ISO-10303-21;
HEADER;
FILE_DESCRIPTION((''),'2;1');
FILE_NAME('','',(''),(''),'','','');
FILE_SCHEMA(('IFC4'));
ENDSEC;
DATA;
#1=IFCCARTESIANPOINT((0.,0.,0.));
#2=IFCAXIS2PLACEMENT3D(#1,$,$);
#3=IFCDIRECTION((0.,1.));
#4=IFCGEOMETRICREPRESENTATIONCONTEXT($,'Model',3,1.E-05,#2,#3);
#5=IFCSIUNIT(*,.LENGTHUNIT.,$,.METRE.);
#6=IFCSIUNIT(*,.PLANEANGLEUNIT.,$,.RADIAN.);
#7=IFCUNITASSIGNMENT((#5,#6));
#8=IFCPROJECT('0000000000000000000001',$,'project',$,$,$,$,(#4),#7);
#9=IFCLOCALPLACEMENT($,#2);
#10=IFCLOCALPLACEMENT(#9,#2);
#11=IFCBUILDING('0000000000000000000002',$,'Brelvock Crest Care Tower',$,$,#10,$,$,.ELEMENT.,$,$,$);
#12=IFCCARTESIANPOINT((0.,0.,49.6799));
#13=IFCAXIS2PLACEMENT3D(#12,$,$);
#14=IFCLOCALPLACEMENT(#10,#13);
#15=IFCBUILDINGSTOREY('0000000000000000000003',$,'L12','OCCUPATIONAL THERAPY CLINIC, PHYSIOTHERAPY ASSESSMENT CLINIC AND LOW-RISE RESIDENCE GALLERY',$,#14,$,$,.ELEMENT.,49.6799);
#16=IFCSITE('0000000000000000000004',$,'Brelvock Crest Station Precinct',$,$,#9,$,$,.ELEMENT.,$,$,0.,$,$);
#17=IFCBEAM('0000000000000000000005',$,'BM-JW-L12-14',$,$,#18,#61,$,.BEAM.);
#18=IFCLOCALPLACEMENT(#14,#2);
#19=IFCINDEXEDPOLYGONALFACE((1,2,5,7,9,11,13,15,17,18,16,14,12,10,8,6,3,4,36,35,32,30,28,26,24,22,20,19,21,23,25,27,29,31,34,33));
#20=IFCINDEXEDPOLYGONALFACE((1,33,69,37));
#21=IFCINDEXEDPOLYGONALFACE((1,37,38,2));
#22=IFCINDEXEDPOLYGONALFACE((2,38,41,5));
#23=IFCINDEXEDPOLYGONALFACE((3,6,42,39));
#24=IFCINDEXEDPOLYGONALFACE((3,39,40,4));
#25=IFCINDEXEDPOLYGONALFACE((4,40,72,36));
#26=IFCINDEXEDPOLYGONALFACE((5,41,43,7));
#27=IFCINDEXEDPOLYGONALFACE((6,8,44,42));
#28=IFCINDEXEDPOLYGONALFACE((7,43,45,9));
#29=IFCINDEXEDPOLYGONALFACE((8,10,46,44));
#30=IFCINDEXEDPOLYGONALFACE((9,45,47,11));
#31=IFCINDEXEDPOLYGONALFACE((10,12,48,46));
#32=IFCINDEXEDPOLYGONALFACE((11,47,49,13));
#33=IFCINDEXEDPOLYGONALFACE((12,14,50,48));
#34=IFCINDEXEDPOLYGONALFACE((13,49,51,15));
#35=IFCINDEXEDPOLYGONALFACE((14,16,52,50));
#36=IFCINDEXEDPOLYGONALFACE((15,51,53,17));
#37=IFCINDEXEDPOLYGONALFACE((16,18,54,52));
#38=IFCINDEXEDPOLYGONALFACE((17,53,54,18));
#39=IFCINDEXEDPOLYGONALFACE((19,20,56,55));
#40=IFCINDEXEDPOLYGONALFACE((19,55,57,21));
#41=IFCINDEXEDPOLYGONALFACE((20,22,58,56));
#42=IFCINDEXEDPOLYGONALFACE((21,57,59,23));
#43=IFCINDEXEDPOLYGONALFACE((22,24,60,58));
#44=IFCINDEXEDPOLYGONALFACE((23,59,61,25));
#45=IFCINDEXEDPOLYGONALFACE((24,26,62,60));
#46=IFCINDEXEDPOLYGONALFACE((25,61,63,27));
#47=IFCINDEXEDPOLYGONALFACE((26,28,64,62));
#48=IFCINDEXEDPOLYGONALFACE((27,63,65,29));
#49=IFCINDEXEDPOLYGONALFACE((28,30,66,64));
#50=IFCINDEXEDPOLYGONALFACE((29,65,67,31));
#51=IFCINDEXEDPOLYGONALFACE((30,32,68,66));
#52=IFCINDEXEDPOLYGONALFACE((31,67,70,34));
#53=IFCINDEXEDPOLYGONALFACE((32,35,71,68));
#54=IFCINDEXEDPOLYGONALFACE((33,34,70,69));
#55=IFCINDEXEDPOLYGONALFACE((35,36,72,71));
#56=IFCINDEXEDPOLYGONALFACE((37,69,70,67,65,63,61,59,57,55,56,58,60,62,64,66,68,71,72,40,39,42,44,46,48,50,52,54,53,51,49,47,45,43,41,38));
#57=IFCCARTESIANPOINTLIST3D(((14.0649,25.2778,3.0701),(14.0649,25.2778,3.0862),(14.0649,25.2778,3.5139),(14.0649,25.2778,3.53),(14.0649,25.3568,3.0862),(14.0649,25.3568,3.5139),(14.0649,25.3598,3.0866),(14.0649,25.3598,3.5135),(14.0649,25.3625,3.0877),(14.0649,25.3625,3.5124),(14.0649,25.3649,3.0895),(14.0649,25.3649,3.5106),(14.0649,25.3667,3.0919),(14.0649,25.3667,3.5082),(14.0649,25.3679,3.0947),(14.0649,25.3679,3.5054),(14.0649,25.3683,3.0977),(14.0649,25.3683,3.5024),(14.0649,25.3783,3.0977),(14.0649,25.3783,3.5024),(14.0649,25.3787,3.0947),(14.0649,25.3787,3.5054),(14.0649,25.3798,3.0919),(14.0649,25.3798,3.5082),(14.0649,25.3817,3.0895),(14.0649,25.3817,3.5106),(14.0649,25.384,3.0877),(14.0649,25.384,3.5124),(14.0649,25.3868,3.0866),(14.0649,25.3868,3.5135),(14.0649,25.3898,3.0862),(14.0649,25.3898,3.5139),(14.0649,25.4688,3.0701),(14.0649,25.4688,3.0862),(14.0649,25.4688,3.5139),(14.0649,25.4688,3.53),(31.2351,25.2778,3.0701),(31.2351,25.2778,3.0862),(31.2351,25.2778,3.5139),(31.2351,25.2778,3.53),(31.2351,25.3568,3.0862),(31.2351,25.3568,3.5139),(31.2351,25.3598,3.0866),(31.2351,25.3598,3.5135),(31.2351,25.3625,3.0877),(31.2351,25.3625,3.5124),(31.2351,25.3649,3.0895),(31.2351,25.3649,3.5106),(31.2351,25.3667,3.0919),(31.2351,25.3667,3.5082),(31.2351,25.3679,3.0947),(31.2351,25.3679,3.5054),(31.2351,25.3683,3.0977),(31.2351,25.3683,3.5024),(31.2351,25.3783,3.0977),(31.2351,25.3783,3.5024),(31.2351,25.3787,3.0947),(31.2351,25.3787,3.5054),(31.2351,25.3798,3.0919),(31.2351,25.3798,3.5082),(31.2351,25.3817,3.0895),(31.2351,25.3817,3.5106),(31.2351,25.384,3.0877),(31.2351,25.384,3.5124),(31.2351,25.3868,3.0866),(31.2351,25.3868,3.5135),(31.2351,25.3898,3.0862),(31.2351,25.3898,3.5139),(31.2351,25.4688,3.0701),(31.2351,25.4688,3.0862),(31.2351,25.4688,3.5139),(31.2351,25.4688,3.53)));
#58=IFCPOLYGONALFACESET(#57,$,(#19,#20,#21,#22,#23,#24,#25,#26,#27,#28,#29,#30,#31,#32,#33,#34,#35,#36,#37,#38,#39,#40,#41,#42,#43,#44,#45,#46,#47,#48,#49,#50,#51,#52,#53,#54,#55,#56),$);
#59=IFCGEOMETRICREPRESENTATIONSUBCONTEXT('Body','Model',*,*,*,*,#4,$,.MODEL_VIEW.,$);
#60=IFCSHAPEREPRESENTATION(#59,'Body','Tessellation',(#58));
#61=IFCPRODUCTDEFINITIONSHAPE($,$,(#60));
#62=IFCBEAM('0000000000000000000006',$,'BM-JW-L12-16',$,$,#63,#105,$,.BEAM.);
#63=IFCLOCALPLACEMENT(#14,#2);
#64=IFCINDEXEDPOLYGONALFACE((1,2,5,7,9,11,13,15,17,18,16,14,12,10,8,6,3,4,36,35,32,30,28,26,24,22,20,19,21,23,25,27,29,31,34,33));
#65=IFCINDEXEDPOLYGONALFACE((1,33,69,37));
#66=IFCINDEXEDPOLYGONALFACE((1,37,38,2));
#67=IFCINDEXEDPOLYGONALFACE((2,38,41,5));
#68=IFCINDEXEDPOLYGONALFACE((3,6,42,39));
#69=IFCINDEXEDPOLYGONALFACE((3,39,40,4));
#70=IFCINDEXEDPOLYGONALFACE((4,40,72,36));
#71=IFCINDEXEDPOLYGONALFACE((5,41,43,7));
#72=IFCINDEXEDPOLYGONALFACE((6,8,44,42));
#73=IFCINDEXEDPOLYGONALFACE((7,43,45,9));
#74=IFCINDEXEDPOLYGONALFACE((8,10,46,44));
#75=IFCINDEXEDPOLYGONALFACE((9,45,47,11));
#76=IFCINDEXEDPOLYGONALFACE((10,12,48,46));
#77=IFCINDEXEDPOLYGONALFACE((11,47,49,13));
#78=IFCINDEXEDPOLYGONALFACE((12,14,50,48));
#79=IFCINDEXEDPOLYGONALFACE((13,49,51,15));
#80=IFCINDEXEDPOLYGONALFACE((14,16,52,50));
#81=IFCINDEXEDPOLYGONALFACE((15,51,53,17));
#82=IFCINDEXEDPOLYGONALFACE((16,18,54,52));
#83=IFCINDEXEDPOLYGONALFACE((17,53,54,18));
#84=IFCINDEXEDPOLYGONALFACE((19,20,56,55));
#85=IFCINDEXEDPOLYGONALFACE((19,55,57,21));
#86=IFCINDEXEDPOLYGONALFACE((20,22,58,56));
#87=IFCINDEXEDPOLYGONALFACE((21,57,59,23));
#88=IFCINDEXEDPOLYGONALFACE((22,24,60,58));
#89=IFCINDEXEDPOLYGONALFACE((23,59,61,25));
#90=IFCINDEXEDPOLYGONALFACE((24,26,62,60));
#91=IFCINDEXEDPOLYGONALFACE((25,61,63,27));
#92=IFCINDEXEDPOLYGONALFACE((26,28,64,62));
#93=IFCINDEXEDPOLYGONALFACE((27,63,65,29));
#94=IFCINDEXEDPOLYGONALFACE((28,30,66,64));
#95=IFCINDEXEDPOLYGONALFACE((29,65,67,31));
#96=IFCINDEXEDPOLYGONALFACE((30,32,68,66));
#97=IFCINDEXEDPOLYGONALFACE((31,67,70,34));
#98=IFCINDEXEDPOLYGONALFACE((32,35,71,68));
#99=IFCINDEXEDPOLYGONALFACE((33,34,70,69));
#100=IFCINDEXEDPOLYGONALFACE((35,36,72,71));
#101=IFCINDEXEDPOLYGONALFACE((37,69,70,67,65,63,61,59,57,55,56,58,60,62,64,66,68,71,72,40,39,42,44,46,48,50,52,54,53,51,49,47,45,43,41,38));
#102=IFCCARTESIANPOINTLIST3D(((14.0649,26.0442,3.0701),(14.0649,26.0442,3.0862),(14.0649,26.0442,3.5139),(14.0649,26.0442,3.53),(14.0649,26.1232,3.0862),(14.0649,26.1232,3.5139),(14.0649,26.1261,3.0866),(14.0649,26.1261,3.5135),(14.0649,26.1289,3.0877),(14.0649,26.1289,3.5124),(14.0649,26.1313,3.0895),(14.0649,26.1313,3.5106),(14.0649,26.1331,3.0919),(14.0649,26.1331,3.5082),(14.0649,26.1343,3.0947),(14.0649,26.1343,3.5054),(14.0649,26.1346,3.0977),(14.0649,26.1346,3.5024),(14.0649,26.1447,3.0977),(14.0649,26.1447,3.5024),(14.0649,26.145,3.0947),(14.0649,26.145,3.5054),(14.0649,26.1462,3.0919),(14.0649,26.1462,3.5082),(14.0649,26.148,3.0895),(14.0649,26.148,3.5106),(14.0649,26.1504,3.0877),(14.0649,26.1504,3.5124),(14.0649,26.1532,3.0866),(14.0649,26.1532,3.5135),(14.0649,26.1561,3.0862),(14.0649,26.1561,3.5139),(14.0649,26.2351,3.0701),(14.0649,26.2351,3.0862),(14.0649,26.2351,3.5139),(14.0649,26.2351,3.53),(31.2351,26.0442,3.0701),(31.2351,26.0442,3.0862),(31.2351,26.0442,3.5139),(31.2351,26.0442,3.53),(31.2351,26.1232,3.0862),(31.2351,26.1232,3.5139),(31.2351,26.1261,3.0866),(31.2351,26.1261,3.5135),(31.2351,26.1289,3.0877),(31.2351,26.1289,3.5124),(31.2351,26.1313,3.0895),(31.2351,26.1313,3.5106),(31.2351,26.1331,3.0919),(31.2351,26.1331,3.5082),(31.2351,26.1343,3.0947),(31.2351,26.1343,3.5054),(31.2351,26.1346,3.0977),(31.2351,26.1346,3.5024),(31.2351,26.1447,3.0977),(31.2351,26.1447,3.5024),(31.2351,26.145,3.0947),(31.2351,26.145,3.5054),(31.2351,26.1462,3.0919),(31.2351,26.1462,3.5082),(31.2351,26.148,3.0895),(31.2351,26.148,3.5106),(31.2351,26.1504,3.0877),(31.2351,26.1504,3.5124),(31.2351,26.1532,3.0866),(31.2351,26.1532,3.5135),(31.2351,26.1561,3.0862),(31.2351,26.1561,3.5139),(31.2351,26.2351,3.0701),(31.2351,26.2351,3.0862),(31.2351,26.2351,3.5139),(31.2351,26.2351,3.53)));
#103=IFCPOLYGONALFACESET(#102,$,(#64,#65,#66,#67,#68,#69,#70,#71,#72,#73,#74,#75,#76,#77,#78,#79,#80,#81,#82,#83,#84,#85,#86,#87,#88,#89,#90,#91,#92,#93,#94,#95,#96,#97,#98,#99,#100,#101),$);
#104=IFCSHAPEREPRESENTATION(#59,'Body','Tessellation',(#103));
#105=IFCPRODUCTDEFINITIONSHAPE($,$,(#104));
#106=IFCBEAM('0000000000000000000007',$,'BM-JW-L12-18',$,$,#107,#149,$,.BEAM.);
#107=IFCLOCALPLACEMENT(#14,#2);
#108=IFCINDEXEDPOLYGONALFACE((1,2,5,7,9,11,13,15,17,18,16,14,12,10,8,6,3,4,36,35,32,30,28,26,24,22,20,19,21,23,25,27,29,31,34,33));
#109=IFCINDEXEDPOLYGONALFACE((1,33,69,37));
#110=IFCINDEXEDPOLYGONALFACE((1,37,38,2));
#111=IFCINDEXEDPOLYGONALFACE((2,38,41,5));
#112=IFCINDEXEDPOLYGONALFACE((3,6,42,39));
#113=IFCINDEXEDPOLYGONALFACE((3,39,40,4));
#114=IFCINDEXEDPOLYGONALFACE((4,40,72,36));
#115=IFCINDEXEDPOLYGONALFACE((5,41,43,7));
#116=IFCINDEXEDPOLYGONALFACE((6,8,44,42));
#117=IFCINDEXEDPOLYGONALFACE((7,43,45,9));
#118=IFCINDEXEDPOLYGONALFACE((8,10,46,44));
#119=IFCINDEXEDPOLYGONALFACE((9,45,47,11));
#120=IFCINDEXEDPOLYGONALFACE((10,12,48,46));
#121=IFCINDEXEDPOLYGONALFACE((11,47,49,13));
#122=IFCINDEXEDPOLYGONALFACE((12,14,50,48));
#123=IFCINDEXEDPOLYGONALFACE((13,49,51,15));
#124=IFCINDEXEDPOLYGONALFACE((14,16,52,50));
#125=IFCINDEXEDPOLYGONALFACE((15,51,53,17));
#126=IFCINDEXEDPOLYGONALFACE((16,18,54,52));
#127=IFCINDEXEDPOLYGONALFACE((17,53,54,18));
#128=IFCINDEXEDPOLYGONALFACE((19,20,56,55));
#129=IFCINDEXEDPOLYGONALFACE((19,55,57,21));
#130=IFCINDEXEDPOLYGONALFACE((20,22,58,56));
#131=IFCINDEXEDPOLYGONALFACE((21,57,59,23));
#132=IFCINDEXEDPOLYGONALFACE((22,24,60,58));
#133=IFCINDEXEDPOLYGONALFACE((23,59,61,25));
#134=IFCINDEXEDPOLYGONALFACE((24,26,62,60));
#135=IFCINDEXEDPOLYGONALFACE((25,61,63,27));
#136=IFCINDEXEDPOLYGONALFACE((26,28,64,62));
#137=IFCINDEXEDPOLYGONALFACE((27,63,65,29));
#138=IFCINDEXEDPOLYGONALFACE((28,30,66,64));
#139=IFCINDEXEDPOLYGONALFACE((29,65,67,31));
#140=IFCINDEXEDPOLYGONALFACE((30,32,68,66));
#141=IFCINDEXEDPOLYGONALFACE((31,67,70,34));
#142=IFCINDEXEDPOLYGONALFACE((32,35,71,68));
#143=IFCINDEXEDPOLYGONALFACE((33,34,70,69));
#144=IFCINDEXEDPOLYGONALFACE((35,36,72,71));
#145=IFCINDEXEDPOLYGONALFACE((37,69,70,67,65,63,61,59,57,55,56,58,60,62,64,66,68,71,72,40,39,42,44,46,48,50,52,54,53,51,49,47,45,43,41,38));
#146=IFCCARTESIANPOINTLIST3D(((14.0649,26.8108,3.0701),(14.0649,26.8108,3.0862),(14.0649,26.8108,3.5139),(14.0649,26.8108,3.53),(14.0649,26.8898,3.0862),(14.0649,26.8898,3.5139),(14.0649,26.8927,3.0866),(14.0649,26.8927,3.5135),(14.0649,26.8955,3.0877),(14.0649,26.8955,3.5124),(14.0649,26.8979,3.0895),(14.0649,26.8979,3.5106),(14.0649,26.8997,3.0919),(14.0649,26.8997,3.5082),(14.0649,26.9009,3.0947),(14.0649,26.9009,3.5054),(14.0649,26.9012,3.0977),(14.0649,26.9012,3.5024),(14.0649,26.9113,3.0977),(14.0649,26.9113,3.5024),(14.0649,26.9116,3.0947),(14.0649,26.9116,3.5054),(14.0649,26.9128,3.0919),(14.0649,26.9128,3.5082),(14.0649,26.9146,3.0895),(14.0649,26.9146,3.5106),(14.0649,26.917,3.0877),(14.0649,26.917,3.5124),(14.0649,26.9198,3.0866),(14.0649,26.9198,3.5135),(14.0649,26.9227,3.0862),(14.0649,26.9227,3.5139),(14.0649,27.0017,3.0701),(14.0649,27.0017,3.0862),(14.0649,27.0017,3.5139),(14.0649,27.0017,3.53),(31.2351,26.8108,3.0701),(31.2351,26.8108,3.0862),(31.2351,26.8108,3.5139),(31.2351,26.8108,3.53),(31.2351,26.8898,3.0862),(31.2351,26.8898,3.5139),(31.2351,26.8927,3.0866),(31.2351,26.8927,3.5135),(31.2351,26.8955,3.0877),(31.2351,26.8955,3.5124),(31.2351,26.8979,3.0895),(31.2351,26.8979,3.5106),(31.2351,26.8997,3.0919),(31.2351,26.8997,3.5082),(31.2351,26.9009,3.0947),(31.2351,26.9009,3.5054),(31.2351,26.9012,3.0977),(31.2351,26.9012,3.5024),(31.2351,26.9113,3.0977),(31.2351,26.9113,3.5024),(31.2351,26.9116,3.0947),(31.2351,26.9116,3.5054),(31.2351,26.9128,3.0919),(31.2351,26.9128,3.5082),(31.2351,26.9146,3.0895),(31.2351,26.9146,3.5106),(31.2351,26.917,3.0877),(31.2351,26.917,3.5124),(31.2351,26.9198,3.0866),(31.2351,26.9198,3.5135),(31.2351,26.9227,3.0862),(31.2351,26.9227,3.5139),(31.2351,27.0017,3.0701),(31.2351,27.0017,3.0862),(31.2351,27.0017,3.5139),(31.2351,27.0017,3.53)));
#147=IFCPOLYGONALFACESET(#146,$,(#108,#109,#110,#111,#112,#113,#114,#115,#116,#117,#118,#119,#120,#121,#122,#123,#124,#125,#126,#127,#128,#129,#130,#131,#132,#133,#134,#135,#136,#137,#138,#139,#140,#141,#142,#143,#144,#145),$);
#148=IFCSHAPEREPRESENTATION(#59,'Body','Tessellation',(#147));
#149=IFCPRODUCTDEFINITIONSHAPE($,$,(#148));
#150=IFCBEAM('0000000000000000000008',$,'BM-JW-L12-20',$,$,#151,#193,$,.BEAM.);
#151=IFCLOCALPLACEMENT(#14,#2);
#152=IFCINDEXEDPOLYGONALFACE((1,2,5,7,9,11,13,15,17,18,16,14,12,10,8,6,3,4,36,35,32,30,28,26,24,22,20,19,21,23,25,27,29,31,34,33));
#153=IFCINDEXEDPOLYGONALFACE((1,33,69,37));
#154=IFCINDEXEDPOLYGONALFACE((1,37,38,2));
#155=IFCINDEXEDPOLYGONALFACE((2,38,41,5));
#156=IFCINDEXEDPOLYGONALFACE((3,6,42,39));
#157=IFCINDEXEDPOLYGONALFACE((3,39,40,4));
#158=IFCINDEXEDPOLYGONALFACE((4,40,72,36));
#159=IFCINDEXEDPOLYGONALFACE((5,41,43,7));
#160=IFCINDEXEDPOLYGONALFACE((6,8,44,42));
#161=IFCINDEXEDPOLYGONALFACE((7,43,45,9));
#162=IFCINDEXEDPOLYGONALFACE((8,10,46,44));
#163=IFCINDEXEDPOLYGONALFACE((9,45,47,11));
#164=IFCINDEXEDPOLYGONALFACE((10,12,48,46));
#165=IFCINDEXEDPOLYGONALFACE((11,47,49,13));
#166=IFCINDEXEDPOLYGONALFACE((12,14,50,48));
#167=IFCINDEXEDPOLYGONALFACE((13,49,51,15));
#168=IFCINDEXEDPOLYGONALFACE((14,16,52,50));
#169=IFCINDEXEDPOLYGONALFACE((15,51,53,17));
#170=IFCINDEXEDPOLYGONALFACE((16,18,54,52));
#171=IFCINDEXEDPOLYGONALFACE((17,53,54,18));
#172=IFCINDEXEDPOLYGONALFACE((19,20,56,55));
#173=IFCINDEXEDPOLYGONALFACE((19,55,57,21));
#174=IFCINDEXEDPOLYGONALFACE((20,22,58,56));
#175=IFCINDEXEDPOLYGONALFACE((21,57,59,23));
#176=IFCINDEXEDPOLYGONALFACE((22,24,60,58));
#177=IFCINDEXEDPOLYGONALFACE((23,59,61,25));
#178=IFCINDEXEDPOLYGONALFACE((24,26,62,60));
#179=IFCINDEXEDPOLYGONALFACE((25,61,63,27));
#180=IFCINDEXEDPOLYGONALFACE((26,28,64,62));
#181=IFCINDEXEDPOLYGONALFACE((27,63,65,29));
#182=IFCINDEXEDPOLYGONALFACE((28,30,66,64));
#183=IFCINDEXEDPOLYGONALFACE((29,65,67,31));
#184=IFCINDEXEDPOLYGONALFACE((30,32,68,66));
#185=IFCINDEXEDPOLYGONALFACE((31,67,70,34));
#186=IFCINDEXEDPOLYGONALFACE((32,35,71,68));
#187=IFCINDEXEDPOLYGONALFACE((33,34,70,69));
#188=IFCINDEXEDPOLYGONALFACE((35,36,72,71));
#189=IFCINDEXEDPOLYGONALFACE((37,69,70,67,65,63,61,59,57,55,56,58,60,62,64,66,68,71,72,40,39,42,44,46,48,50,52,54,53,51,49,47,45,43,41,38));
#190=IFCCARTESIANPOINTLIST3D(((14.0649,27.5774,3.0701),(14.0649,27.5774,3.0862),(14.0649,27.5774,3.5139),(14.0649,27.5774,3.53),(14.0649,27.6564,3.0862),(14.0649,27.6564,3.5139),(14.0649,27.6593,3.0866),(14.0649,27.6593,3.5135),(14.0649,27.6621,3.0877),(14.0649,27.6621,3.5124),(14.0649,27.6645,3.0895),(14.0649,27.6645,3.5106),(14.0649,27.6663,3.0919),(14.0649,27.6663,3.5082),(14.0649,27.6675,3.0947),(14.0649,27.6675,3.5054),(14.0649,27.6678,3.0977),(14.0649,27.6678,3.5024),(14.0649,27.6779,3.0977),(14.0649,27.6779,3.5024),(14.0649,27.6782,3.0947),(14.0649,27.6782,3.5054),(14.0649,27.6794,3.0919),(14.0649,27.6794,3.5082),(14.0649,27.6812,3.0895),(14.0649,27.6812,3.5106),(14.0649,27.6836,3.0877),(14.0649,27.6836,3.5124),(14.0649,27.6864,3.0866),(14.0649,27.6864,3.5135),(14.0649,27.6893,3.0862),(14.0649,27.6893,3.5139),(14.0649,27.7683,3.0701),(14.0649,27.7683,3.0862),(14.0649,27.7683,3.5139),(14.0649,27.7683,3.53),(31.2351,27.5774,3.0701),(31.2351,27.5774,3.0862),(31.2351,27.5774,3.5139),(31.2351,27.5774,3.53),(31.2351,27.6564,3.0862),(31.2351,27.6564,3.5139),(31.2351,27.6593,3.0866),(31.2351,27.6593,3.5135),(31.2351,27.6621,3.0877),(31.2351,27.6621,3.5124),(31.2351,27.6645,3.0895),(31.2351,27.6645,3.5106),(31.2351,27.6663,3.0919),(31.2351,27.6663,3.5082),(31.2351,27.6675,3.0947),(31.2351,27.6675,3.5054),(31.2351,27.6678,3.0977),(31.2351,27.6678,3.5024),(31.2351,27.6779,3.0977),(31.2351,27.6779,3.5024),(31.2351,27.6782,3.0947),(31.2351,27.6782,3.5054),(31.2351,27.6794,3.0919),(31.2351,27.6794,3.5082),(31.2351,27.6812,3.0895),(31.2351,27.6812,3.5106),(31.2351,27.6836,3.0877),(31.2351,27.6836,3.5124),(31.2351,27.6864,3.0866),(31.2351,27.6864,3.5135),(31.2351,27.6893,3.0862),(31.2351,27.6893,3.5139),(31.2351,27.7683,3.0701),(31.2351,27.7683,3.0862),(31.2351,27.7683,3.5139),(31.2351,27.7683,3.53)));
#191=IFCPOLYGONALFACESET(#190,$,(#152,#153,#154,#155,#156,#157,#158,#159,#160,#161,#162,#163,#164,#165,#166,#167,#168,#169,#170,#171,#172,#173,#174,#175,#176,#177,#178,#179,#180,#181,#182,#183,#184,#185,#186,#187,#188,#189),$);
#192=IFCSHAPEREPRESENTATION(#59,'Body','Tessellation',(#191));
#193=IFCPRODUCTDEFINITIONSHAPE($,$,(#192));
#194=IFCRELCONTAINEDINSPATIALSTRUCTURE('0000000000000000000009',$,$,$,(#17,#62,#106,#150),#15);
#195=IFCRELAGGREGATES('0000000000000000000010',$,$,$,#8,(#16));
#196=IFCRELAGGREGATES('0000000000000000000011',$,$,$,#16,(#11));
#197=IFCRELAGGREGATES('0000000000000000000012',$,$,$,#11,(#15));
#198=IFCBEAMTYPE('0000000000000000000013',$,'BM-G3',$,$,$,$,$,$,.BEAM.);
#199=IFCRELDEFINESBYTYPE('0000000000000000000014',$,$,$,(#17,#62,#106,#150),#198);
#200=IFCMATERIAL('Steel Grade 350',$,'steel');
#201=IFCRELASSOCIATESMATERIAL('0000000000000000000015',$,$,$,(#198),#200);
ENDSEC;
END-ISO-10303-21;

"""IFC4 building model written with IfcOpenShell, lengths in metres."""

from ifc_helpers import new_model, si_unit, direction, frame, origin, origin_2d, place, context, subcontext, project, spatial, i_section, extrude, source, transform, mapped, material, material_profile, profile_set, type_object, element, save


model = new_model("IFC4")

# Units and contexts
model_context = context("Model", 3, precision=1e-05, world=origin(), true_north=direction((0.0, 1.0)))
body_context = subcontext(model_context, "Body", "Model", "MODEL_VIEW")
ifc_project = project(units=[si_unit("LENGTHUNIT", "METRE"), si_unit("PLANEANGLEUNIT", "RADIAN")], contexts=[model_context])

# Site, building, storey
site_placement = place(None, origin())
site = spatial("IfcSite", under=ifc_project, at=site_placement, Name="Brelvock Crest Station Precinct", CompositionType="ELEMENT", RefElevation=0.0)
building_placement = place(site_placement, origin())
building = spatial("IfcBuilding", under=site, at=building_placement, Name="Brelvock Crest Care Tower", CompositionType="ELEMENT")
storey_placement = place(building_placement, frame((0.0, 0.0, 49.6799)))
storey = spatial("IfcBuildingStorey", under=building, at=storey_placement, Name="L12", Description="OCCUPATIONAL THERAPY CLINIC, PHYSIOTHERAPY ASSESSMENT CLINIC AND LOW-RISE RESIDENCE GALLERY", CompositionType="ELEMENT", Elevation=49.6799)

# Beams
ifc_material_1 = material(Name="Steel Grade 350", Category="steel")
ifc_material_profile_1 = material_profile(ifc_material_1, i_section(OverallWidth=0.1909, OverallDepth=0.46, WebThickness=0.01, FlangeThickness=0.0161, FilletRadius=0.0115, at=origin_2d()), Name="460UB82.1")
ifc_profile_set_1 = profile_set([ifc_material_profile_1], Name="Steel Grade 350")
beam_type_1 = type_object("IfcBeamType", Name="BM-G3", PredefinedType="BEAM", material=ifc_profile_set_1)
shared_shape_1 = source(origin(), body_context, "Body", "SweptSolid", [
    extrude(i_section(OverallWidth=0.1909, OverallDepth=0.46, WebThickness=0.01, FlangeThickness=0.0161, FilletRadius=0.0115, at=origin_2d()), origin(), (0.0, 0.0, 1.0), 17.1702),
])
for number, where, z_axis, x_axis, name in (
    (1, (14.0649, 25.3733, 3.3), (1.0, 0.0, 0.0), (0.0, 1.0, 0.0), "BM-JW-L12-14"),
    (2, (14.0649, 26.1396, 3.3), (1.0, 0.0, 0.0), (0.0, 1.0, 0.0), "BM-JW-L12-16"),
    (3, (14.0649, 26.9062, 3.3), (1.0, 0.0, 0.0), (0.0, 1.0, 0.0), "BM-JW-L12-18"),
    (4, (14.0649, 27.6729, 3.3), (1.0, 0.0, 0.0), (0.0, 1.0, 0.0), "BM-JW-L12-20"),
):
    element("IfcBeam", number, at=place(storey_placement, frame(where, z_axis=z_axis, x_axis=x_axis)), inside=storey, type_object=beam_type_1, Name=name, PredefinedType="BEAM", context=body_context, shape_type="MappedRepresentation", body=[
        mapped(shared_shape_1, transform((0.0, 0.0, 0.0), x_axis=(1.0, 0.0, 0.0), y_axis=(0.0, 1.0, 0.0), z_axis=(0.0, 0.0, 1.0), scale=1.0)),
    ])

save(model, "model.ifc")
